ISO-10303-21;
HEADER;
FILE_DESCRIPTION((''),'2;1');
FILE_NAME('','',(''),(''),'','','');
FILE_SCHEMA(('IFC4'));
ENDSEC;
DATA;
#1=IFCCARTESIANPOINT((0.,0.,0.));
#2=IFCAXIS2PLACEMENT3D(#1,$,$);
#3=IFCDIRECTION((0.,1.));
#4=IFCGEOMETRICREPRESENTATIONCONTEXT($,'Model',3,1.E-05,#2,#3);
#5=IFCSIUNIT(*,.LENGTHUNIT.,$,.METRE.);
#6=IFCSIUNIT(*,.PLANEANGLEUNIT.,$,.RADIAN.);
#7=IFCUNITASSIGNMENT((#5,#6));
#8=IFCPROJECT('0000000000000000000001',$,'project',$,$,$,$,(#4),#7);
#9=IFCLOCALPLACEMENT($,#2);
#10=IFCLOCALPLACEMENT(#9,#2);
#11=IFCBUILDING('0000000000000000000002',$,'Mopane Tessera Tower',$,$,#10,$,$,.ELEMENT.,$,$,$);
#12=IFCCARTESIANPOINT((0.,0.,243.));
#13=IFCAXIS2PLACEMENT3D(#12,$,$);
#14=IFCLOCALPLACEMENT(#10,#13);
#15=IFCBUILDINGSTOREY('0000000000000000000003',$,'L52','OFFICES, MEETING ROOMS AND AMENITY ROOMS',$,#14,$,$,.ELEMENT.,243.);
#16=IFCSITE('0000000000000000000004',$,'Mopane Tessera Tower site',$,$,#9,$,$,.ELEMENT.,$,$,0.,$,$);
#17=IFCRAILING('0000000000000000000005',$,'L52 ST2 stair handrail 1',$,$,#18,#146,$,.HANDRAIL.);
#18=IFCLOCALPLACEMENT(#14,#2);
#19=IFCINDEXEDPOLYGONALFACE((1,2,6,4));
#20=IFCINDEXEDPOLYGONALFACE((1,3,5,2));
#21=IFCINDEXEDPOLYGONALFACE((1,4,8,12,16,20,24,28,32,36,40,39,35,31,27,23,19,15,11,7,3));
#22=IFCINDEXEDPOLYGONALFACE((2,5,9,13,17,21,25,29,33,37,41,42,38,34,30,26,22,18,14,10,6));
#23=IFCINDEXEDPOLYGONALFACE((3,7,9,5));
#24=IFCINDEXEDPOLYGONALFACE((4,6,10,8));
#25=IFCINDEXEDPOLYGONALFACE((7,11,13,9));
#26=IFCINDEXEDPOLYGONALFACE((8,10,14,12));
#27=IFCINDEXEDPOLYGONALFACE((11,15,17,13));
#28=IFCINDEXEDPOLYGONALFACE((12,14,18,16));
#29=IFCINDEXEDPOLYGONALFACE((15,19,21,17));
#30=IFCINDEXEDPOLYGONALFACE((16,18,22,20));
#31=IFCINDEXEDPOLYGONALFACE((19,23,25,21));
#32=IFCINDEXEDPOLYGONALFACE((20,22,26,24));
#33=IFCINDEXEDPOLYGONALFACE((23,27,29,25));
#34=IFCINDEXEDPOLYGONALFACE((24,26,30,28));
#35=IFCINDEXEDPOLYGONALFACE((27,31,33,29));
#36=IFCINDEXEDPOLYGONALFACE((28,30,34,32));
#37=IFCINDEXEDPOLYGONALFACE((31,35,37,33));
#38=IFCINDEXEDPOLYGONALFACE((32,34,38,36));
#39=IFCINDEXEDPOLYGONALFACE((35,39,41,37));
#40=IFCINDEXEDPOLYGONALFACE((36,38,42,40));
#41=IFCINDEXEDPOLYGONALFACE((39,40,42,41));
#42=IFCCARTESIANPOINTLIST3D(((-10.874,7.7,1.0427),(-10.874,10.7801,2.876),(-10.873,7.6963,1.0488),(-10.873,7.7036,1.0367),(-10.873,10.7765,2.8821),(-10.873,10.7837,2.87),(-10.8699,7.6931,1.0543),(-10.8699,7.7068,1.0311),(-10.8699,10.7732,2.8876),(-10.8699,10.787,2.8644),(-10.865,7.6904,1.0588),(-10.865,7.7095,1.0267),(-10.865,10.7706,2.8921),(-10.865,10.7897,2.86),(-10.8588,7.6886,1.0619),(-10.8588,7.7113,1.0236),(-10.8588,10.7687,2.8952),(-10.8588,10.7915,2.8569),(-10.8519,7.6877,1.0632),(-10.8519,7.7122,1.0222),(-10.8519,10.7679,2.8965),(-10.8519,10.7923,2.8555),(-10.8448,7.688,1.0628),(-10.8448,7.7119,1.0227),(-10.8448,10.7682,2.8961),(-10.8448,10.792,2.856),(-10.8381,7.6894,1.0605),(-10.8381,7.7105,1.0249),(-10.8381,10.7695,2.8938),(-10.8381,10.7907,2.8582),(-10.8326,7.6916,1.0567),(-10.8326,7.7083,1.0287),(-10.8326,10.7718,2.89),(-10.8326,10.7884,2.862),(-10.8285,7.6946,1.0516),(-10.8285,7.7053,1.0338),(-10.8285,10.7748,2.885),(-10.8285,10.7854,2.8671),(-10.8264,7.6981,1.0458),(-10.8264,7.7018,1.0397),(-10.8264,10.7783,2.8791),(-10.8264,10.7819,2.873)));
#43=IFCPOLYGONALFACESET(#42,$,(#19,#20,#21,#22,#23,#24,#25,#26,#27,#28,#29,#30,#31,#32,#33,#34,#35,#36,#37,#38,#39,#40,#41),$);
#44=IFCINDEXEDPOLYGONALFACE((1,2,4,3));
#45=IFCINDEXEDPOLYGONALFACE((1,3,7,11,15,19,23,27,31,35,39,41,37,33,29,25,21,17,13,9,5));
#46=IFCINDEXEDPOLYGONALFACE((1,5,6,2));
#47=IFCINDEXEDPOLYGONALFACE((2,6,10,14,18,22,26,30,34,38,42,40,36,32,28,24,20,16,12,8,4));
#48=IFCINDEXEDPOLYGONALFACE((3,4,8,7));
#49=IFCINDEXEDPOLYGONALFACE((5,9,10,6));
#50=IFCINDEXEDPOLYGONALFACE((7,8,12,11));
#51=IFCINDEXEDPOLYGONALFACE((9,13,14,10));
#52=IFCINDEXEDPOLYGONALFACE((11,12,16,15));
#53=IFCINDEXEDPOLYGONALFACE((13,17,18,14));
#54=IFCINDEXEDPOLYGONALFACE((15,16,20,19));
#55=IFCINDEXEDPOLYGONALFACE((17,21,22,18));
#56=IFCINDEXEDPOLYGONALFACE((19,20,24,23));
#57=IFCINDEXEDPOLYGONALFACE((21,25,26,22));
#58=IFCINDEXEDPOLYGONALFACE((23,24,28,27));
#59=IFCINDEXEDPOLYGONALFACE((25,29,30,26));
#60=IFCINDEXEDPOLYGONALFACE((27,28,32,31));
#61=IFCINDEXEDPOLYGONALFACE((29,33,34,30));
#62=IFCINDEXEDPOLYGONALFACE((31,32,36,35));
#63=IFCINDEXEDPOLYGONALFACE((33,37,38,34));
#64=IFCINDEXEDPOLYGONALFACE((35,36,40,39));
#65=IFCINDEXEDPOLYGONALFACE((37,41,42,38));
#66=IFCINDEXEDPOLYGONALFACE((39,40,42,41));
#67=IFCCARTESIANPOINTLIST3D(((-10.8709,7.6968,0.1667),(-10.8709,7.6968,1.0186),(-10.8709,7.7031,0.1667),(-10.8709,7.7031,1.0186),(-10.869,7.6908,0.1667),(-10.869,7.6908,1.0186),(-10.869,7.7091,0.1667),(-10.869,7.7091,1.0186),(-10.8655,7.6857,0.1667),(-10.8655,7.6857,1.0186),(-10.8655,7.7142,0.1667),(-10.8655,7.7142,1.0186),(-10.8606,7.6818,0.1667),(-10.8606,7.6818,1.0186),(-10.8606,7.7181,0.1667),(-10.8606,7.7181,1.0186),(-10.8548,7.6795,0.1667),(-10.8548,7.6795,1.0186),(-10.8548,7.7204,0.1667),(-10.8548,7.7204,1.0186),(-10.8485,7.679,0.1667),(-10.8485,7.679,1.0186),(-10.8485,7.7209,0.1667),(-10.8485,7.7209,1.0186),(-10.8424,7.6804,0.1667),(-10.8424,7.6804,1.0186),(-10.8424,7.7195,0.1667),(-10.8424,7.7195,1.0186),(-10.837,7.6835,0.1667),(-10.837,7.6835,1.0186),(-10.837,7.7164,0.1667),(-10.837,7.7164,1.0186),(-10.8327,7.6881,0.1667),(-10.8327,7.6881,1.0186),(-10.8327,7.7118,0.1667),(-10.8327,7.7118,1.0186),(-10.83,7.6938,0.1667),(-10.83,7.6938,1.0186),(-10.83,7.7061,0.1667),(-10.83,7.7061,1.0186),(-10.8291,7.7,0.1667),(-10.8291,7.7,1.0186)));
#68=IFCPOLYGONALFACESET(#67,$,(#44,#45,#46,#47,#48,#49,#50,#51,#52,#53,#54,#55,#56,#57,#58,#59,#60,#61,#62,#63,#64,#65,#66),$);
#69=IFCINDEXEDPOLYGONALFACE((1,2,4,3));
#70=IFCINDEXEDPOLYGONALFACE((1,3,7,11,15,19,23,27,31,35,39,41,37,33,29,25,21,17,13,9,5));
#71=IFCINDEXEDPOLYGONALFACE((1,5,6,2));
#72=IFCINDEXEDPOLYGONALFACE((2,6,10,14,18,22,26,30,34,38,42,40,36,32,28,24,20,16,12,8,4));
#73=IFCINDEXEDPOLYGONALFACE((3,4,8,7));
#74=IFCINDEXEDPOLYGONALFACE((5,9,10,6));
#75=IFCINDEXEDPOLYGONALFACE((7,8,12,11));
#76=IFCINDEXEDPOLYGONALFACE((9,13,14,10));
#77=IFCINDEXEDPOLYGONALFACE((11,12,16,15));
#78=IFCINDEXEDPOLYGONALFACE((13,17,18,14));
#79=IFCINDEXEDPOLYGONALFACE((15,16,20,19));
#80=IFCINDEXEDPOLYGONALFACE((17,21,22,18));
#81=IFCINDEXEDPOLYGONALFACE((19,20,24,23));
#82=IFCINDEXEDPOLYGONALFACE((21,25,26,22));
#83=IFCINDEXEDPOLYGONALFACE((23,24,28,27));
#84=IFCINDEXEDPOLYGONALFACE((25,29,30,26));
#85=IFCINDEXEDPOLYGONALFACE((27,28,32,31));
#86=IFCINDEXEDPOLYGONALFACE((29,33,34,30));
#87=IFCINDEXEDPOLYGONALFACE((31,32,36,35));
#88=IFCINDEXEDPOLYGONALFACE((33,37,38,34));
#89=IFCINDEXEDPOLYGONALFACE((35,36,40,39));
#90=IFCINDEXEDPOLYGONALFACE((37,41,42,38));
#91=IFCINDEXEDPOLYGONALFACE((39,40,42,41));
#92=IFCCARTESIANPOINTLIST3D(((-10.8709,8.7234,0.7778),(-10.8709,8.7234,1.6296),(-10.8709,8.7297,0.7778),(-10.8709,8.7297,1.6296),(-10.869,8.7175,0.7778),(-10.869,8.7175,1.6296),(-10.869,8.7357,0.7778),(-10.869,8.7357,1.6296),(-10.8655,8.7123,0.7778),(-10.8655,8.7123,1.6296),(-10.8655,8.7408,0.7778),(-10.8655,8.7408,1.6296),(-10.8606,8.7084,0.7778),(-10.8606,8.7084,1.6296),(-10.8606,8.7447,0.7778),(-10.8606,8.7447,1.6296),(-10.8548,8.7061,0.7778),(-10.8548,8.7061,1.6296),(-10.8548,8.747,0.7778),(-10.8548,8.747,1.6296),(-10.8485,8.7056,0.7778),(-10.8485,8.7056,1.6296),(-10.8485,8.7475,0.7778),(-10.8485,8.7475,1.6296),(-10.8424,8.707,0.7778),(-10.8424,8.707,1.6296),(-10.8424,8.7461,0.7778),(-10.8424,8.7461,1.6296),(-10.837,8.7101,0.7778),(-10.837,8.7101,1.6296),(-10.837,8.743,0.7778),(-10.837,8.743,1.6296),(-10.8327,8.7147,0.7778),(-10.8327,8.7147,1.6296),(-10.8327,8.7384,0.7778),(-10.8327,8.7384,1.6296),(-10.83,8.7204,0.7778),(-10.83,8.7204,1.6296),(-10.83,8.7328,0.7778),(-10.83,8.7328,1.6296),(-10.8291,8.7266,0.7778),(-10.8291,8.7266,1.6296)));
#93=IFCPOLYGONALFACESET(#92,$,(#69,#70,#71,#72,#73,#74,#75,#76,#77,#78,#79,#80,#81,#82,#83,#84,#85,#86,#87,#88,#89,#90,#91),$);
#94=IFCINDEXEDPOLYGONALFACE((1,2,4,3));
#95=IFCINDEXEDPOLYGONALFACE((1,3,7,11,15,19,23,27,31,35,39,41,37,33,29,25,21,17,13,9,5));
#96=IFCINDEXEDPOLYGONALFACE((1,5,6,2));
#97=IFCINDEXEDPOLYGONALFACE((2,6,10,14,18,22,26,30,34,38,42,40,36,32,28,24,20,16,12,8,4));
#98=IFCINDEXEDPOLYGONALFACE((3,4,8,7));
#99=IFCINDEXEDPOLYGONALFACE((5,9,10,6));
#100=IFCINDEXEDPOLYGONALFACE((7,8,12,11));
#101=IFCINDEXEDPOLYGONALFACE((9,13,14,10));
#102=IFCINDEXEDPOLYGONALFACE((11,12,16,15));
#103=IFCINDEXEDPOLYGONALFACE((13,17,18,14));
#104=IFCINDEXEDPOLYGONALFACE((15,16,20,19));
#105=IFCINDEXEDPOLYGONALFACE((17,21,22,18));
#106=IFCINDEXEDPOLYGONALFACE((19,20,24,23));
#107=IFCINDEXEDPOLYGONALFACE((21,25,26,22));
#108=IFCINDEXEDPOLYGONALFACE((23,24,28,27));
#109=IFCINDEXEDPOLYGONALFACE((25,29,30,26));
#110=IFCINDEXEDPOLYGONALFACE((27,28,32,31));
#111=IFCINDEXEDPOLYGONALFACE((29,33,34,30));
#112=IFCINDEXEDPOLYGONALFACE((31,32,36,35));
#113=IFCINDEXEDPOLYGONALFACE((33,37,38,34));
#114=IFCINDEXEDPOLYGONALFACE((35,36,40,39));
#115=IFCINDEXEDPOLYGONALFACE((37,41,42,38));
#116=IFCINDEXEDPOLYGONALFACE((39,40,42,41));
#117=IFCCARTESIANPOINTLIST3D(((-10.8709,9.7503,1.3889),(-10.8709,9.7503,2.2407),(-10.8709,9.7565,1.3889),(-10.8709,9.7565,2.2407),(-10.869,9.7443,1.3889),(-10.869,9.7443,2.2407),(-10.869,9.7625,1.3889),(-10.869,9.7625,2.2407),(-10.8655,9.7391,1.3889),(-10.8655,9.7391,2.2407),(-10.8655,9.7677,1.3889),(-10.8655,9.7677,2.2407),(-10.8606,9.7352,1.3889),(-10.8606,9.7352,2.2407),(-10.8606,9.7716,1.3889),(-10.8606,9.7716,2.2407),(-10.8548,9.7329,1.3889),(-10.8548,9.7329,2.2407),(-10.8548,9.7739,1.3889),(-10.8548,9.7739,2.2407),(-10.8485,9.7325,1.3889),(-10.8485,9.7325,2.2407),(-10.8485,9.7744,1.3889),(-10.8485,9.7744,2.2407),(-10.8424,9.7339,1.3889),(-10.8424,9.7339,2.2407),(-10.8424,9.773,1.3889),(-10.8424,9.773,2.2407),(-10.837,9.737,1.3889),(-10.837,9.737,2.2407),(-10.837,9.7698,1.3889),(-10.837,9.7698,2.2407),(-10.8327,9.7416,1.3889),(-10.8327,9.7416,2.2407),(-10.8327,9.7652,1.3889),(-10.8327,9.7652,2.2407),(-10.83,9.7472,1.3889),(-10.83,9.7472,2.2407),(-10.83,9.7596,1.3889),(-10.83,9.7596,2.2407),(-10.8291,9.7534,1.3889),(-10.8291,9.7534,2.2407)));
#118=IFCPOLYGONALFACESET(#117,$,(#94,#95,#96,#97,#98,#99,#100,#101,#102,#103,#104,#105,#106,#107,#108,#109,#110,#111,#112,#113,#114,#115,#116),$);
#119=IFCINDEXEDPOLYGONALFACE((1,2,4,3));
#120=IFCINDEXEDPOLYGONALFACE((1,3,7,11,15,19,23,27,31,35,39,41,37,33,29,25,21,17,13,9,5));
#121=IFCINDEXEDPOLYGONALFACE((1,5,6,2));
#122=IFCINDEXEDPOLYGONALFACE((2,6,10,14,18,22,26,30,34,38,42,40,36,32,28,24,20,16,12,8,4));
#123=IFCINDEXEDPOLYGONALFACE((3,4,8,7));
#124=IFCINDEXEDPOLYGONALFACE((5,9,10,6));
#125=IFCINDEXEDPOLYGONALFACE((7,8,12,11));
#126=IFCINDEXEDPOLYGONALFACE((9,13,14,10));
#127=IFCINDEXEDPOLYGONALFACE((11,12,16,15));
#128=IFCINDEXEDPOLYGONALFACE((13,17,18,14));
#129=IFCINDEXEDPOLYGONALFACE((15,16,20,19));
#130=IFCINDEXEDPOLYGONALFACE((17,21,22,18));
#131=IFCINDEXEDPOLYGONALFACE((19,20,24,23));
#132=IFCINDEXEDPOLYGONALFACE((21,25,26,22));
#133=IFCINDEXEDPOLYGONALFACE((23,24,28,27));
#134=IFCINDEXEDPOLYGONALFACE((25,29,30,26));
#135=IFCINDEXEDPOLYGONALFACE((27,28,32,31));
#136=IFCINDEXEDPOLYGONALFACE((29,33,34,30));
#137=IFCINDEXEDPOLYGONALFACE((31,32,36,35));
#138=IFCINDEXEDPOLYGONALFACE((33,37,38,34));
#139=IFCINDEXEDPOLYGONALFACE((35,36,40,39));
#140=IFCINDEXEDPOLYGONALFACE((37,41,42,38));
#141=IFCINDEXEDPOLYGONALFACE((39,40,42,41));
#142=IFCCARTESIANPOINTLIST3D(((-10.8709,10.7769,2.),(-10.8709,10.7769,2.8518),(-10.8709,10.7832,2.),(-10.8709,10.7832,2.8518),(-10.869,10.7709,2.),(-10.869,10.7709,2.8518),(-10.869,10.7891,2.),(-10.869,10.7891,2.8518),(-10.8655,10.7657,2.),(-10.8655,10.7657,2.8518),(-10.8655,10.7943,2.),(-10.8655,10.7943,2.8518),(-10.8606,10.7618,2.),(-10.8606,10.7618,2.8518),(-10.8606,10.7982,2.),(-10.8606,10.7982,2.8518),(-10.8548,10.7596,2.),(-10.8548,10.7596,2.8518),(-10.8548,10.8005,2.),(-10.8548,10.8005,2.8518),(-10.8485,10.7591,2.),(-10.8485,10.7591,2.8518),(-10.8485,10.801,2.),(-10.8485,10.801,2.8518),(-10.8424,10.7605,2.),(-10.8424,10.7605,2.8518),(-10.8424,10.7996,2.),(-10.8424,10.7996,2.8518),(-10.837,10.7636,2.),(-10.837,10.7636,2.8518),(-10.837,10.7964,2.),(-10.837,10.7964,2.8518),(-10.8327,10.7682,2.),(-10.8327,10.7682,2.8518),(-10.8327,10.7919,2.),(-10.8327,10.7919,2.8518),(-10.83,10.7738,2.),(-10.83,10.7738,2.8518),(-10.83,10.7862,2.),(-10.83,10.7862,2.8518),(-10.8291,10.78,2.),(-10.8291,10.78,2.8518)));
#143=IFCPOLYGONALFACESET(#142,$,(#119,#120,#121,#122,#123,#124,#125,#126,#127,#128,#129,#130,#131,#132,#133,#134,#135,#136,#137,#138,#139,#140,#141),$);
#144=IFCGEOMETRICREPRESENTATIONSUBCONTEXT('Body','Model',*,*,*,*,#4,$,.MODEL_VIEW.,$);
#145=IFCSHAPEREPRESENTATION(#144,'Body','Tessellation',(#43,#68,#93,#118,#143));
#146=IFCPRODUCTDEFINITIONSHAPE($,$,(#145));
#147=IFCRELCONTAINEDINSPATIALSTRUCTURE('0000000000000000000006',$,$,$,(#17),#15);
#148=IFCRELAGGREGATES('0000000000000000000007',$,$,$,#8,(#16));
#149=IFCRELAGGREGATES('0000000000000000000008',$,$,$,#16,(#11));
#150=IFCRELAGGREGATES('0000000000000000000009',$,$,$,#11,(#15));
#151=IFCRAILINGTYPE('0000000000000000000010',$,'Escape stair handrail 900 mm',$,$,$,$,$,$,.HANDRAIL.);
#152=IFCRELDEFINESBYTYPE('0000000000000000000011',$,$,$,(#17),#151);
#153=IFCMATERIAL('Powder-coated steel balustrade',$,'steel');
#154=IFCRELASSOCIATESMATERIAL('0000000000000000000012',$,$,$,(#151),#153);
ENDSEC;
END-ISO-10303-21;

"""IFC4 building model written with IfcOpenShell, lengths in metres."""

from ifc_helpers import new_model, si_unit, direction, frame, origin, origin_2d, place, context, subcontext, project, spatial, circle, extrude, material, type_object, element, save


model = new_model("IFC4")

# Units and contexts
model_context = context("Model", 3, precision=1e-05, world=origin(), true_north=direction((0.0, 1.0)))
body_context = subcontext(model_context, "Body", "Model", "MODEL_VIEW")
ifc_project = project(units=[si_unit("LENGTHUNIT", "METRE"), si_unit("PLANEANGLEUNIT", "RADIAN")], contexts=[model_context])

# Site, building, storey
site_placement = place(None, origin())
site = spatial("IfcSite", under=ifc_project, at=site_placement, Name="Mopane Tessera Tower site", CompositionType="ELEMENT", RefElevation=0.0)
building_placement = place(site_placement, origin())
building = spatial("IfcBuilding", under=site, at=building_placement, Name="Mopane Tessera Tower", CompositionType="ELEMENT")
storey_placement = place(building_placement, frame((0.0, 0.0, 243.0)))
storey = spatial("IfcBuildingStorey", under=building, at=storey_placement, Name="L52", Description="OFFICES, MEETING ROOMS AND AMENITY ROOMS", CompositionType="ELEMENT", Elevation=243.0)

# Railing
ifc_material_1 = material(Name="Powder-coated steel balustrade", Category="steel")
railing_type_1 = type_object("IfcRailingType", Name="Escape stair handrail 900 mm", PredefinedType="HANDRAIL", material=ifc_material_1)
railing_1_placement = place(storey_placement, frame((-10.8501, 7.7, 0.1667)))
element("IfcRailing", 1, at=railing_1_placement, inside=storey, type_object=railing_type_1, Name="L52 ST2 stair handrail 1", PredefinedType="HANDRAIL", context=body_context, shape_type="SweptSolid", body=[
    extrude(circle(Radius=0.0239, at=origin_2d()), frame((0.0, 0.0, 0.876), z_axis=(0.0, 0.859309, 0.511458), x_axis=(-1.0, 0.0, 0.0)), (0.0, 0.0, 1.0), 3.5845),
    extrude(circle(Radius=0.021, at=origin_2d()), origin(), (0.0, 0.0, 1.0), 0.8518),
    extrude(circle(Radius=0.021, at=origin_2d()), frame((0.0, 1.0266, 0.6111)), (0.0, 0.0, 1.0), 0.8518),
    extrude(circle(Radius=0.021, at=origin_2d()), frame((0.0, 2.0535, 1.2222)), (0.0, 0.0, 1.0), 0.8518),
    extrude(circle(Radius=0.021, at=origin_2d()), frame((0.0, 3.0801, 1.8333)), (0.0, 0.0, 1.0), 0.8518),
])

save(model, "model.ifc")
